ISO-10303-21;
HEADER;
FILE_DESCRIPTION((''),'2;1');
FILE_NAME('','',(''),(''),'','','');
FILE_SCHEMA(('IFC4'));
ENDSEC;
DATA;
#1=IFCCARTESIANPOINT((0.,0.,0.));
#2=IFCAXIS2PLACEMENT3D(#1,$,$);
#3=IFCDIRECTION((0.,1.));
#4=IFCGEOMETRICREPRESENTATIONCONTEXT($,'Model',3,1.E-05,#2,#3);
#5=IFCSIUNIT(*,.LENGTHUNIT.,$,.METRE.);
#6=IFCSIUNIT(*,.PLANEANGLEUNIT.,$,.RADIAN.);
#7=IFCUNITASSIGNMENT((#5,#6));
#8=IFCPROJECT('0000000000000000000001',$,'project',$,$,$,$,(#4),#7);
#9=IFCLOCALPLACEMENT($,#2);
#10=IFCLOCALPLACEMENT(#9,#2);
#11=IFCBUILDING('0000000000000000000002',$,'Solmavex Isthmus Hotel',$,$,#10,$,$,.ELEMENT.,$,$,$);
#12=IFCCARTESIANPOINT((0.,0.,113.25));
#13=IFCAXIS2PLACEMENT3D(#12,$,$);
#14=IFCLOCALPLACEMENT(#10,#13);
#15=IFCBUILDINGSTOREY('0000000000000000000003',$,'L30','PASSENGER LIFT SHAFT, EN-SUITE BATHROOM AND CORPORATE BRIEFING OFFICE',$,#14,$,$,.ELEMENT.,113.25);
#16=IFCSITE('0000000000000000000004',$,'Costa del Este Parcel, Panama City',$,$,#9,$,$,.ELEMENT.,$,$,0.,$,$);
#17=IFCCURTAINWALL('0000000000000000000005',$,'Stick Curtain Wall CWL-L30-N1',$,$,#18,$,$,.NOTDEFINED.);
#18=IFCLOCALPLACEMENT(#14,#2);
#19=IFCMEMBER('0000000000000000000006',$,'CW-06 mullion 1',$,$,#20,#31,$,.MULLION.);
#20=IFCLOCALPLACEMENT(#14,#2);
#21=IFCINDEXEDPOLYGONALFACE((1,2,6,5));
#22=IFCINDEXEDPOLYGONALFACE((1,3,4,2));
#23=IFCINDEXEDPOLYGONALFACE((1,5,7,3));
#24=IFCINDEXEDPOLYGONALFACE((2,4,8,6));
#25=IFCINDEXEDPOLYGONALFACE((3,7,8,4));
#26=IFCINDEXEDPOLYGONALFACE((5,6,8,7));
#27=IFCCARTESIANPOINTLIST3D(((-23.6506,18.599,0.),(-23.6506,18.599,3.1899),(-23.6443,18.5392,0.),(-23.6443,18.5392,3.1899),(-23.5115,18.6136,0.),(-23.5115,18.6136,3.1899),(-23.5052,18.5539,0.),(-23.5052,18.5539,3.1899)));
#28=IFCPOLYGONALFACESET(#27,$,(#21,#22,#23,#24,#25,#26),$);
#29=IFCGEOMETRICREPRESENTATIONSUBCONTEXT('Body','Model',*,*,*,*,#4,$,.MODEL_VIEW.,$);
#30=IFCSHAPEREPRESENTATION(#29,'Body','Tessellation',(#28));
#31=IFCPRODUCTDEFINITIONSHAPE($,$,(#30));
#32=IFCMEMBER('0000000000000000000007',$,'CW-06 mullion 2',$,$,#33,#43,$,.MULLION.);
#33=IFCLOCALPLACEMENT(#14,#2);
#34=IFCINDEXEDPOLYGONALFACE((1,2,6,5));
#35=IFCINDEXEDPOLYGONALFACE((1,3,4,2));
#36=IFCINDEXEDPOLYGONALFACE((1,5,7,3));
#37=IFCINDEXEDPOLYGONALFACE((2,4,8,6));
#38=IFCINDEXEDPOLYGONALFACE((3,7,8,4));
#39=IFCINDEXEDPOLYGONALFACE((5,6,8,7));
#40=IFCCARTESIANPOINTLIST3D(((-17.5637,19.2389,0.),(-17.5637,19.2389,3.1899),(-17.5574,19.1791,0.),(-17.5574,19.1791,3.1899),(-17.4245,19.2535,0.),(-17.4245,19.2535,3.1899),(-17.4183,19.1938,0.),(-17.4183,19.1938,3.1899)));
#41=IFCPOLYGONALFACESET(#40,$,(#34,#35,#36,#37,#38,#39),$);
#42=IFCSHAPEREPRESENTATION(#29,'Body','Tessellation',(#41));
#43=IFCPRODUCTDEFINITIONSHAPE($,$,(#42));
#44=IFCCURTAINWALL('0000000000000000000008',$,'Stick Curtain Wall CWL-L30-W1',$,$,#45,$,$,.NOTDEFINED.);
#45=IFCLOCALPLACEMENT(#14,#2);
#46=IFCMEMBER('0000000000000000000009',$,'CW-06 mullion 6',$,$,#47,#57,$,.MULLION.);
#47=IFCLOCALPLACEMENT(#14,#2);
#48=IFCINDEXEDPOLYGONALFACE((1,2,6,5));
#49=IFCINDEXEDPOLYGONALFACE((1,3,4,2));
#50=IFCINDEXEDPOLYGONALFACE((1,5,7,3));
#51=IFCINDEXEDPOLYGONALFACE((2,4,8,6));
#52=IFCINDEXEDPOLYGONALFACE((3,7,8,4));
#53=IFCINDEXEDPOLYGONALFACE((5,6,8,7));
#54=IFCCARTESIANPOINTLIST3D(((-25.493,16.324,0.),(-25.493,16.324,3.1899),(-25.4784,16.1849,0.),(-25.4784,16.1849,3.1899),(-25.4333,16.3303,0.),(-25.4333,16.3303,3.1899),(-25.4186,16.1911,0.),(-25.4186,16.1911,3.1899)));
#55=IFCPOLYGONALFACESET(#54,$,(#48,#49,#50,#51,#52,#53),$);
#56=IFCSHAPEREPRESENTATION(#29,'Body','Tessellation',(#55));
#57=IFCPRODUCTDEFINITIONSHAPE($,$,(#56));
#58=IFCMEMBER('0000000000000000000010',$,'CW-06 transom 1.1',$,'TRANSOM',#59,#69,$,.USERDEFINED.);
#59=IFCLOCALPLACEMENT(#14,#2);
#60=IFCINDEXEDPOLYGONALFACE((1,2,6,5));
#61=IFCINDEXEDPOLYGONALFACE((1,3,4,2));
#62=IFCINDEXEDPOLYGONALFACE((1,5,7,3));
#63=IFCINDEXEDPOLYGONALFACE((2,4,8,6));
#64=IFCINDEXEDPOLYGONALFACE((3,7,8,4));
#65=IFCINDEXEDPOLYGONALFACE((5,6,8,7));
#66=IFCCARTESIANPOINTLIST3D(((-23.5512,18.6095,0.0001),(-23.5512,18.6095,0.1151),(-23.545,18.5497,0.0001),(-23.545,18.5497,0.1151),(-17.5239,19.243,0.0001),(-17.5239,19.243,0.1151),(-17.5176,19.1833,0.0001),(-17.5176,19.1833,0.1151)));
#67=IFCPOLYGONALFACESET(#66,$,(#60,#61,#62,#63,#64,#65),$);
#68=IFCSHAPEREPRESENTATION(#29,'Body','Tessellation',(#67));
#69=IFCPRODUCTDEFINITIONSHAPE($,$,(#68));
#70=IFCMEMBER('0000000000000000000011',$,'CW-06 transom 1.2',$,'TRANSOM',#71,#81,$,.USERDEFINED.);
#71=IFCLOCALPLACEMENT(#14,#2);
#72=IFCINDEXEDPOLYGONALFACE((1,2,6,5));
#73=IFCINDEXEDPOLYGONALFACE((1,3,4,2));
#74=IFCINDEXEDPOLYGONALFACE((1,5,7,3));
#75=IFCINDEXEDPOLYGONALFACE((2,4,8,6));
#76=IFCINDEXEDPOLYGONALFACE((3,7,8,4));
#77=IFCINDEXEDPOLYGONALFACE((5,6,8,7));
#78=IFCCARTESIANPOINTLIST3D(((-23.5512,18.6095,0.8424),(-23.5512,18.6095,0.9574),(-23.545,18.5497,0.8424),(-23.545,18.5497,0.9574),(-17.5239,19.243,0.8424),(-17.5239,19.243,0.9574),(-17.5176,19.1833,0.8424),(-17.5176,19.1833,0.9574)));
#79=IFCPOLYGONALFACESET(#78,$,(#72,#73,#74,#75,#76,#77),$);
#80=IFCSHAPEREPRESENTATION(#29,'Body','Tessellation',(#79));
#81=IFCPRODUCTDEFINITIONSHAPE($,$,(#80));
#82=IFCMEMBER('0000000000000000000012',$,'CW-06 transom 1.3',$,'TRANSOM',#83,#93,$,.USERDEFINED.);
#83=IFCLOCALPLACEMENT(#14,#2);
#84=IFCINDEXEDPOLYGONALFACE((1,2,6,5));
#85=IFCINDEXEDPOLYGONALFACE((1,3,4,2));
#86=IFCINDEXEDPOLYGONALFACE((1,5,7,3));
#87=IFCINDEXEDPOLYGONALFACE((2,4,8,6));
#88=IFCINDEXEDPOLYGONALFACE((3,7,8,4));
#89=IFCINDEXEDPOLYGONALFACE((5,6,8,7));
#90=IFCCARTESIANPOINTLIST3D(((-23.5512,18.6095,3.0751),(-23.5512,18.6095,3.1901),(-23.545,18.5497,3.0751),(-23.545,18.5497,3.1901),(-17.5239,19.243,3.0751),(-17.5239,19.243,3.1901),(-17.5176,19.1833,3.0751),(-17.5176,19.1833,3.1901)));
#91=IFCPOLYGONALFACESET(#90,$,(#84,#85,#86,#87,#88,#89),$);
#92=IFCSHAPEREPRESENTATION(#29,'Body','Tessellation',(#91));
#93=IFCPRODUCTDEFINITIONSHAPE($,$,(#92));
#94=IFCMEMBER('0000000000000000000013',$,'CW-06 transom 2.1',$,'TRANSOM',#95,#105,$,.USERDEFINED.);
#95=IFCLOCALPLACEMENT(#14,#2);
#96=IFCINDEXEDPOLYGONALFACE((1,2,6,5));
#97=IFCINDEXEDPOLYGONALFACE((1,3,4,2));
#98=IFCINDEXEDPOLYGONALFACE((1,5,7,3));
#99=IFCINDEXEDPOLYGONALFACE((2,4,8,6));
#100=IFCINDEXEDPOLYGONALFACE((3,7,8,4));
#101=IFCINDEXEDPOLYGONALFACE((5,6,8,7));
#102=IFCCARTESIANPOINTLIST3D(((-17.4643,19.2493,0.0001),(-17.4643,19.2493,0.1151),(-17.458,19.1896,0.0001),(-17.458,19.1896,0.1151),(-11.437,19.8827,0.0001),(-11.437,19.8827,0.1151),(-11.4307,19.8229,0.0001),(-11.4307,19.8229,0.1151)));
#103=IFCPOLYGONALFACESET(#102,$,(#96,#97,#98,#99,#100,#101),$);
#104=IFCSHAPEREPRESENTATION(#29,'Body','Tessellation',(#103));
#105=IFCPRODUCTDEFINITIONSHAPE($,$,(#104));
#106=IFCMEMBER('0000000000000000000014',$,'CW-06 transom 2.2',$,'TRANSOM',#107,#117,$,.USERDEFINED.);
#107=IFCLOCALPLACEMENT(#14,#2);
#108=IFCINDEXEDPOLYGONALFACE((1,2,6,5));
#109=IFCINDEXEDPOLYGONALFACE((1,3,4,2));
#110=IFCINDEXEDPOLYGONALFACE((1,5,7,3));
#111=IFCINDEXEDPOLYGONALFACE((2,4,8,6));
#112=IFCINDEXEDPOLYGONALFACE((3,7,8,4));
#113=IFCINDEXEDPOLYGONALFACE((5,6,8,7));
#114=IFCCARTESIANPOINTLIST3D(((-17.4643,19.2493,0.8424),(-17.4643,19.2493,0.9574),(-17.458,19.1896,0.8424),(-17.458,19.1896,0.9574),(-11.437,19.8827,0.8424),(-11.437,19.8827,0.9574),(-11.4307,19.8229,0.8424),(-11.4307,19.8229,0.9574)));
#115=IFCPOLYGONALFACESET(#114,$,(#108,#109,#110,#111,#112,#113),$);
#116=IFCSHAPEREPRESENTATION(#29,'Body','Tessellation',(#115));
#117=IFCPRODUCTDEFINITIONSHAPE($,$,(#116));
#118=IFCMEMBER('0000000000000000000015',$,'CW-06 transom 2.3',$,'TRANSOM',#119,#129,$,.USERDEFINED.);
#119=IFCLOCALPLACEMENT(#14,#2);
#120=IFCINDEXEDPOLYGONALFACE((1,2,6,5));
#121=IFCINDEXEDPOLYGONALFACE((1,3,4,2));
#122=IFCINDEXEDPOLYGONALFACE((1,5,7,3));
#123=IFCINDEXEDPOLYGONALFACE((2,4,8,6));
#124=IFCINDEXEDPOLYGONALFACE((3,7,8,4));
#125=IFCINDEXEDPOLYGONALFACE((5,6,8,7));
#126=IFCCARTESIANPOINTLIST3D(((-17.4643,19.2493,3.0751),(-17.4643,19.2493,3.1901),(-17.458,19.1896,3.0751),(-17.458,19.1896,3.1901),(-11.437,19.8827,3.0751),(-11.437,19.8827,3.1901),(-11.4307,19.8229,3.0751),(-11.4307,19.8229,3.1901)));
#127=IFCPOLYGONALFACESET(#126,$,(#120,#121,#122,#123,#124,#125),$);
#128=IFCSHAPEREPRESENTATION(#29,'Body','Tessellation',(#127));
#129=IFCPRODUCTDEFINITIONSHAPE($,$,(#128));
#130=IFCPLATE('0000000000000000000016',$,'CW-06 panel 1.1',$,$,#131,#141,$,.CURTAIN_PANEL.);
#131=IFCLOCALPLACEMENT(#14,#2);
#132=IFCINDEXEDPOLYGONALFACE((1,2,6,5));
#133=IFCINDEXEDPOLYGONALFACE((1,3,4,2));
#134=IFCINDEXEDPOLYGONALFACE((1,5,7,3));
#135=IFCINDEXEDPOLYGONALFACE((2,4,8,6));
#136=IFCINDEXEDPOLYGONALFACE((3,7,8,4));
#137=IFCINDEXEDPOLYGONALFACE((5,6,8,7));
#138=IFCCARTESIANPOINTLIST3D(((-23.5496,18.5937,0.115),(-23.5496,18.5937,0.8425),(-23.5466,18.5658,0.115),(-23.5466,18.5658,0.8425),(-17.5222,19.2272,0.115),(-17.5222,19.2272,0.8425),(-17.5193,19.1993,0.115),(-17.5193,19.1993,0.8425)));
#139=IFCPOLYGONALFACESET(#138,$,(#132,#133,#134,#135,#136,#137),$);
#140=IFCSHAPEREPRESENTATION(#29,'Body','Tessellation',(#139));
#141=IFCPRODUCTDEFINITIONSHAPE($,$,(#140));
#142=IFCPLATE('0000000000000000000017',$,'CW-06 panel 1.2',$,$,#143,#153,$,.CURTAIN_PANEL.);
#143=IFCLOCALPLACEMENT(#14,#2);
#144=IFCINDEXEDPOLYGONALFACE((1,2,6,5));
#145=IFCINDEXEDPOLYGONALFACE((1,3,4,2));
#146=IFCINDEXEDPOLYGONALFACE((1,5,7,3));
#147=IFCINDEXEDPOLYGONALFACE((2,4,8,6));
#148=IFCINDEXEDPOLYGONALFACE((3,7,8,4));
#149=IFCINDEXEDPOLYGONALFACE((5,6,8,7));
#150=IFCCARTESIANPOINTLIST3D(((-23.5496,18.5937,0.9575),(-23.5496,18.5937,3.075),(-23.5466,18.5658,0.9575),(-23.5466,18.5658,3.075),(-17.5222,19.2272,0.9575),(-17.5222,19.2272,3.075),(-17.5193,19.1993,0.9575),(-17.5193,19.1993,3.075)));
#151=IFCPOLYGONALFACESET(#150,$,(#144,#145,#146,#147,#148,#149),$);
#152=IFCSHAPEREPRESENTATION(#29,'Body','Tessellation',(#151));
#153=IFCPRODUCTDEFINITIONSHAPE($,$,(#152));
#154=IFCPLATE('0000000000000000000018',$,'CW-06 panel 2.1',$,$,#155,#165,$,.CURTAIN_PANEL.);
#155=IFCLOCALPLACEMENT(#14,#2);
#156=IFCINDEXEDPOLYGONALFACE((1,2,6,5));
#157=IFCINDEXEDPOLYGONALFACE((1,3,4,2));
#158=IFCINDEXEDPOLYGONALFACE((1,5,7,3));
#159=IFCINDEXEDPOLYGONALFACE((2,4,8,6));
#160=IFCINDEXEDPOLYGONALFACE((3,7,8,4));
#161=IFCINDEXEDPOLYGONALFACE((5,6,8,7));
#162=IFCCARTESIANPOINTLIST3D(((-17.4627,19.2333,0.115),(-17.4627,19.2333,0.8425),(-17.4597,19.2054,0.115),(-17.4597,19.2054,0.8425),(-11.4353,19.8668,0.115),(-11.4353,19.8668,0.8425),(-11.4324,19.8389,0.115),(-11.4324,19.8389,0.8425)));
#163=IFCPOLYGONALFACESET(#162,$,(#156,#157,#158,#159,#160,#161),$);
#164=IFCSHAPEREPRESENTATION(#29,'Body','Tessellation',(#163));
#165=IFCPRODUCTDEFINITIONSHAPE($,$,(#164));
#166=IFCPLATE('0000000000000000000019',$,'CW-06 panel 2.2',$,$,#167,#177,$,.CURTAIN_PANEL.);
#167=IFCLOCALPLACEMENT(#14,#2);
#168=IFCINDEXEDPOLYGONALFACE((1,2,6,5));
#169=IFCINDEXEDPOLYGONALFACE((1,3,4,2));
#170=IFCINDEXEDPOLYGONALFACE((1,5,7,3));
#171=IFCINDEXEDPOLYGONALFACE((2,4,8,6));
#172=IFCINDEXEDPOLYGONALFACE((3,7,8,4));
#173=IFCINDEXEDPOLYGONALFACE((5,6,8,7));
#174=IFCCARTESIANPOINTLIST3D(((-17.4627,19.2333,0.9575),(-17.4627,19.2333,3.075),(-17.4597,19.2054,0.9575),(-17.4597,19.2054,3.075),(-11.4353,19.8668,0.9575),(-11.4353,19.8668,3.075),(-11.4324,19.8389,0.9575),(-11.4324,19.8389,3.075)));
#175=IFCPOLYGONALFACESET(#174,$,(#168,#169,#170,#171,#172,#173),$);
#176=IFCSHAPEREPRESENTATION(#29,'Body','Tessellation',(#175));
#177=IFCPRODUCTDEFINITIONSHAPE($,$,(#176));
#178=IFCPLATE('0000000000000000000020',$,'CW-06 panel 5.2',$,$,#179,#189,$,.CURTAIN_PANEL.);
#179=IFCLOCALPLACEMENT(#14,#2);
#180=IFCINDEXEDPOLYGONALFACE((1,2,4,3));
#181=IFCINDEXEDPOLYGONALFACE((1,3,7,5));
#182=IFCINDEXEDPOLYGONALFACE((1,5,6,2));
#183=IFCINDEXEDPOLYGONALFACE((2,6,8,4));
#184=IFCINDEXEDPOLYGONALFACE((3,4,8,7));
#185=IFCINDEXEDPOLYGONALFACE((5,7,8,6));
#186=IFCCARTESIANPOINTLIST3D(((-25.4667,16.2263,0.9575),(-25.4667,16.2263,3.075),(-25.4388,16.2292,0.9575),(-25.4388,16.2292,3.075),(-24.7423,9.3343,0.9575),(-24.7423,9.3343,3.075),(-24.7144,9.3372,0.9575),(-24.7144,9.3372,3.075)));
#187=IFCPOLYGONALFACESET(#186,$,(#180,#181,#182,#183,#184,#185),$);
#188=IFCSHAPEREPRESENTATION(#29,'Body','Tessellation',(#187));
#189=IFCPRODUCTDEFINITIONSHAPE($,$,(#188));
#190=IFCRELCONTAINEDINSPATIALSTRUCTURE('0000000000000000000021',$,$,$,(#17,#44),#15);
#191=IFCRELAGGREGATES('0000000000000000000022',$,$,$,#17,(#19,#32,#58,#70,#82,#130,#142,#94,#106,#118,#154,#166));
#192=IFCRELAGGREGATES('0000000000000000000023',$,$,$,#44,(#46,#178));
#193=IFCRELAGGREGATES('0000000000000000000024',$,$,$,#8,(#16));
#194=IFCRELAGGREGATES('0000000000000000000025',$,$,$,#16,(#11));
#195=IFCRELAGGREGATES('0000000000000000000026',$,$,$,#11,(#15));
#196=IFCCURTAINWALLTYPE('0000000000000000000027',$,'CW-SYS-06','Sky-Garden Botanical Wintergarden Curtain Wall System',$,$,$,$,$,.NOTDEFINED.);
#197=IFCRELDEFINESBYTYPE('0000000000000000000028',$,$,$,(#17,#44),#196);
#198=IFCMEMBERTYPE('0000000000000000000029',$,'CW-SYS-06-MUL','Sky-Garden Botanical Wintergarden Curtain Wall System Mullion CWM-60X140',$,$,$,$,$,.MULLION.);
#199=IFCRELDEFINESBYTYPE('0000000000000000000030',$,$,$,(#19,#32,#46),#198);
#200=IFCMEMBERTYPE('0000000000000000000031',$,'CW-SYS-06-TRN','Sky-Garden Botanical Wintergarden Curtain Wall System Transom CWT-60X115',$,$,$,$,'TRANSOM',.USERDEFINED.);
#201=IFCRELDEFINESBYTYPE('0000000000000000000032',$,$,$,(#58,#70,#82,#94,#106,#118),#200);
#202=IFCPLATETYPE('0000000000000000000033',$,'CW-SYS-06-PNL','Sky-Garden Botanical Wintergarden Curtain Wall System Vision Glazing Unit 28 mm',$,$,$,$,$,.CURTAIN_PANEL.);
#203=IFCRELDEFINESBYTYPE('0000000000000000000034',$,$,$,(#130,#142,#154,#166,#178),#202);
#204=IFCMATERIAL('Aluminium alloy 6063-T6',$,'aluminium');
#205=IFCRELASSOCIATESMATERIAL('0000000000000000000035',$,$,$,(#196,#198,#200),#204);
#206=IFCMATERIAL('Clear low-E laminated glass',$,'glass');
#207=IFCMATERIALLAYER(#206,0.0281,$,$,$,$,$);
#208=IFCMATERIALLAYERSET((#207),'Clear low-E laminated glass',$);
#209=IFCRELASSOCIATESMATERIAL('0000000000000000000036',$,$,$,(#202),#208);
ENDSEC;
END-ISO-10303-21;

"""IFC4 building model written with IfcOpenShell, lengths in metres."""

from ifc_helpers import new_model, si_unit, direction, frame, origin, origin_2d, place, context, subcontext, project, spatial, rectangle, extrude, material, layer, layer_set, material_profile, profile_set, type_object, element, aggregate, save


model = new_model("IFC4")

# Units and contexts
model_context = context("Model", 3, precision=1e-05, world=origin(), true_north=direction((0.0, 1.0)))
body_context = subcontext(model_context, "Body", "Model", "MODEL_VIEW")
ifc_project = project(units=[si_unit("LENGTHUNIT", "METRE"), si_unit("PLANEANGLEUNIT", "RADIAN")], contexts=[model_context])

# Site, building, storey
site_placement = place(None, origin())
site = spatial("IfcSite", under=ifc_project, at=site_placement, Name="Costa del Este Parcel, Panama City", CompositionType="ELEMENT", RefElevation=0.0)
building_placement = place(site_placement, origin())
building = spatial("IfcBuilding", under=site, at=building_placement, Name="Solmavex Isthmus Hotel", CompositionType="ELEMENT")
storey_placement = place(building_placement, frame((0.0, 0.0, 113.25)))
storey = spatial("IfcBuildingStorey", under=building, at=storey_placement, Name="L30", Description="PASSENGER LIFT SHAFT, EN-SUITE BATHROOM AND CORPORATE BRIEFING OFFICE", CompositionType="ELEMENT", Elevation=113.25)

# Curtain wall, members
ifc_material_1 = material(Name="Aluminium alloy 6063-T6", Category="aluminium")
curtain_wall_type = type_object("IfcCurtainWallType", Name="CW-SYS-06", Description="Sky-Garden Botanical Wintergarden Curtain Wall System", PredefinedType="NOTDEFINED", material=ifc_material_1)
curtain_wall_1_placement = place(storey_placement, origin())
curtain_wall_1 = element("IfcCurtainWall", 1, at=curtain_wall_1_placement, inside=storey, type_object=curtain_wall_type, Name="Stick Curtain Wall CWL-L30-N1", PredefinedType="NOTDEFINED")
ifc_material_profile_1 = material_profile(ifc_material_1, rectangle(XDim=0.0601, YDim=0.1399, at=origin_2d()), Name="CWM-60X140")
ifc_profile_set_1 = profile_set([ifc_material_profile_1], Name="Aluminium alloy 6063-T6")
member_type_1 = type_object("IfcMemberType", Name="CW-SYS-06-MUL", Description="Sky-Garden Botanical Wintergarden Curtain Wall System Mullion CWM-60X140", PredefinedType="MULLION", material=ifc_profile_set_1)
member_1_placement = place(storey_placement, frame((-23.5779, 18.5764, 0.0), z_axis=(0.0, 0.0, 1.0), x_axis=(-0.104528, 0.994522, 0.0)))
member_1 = element("IfcMember", 2, at=member_1_placement, type_object=member_type_1, Name="CW-06 mullion 1", PredefinedType="MULLION", context=body_context, shape_type="SweptSolid", body=[
    extrude(rectangle(XDim=0.0601, YDim=0.1399, at=origin_2d()), origin(), (0.0, 0.0, 1.0), 3.1899),
])
member_2_placement = place(storey_placement, frame((-17.491, 19.2163, 0.0), z_axis=(0.0, 0.0, 1.0), x_axis=(-0.104528, 0.994522, 0.0)))
member_2 = element("IfcMember", 3, at=member_2_placement, type_object=member_type_1, Name="CW-06 mullion 2", PredefinedType="MULLION", context=body_context, shape_type="SweptSolid", body=[
    extrude(rectangle(XDim=0.0601, YDim=0.1399, at=origin_2d()), origin(), (0.0, 0.0, 1.0), 3.1899),
])

# Curtain wall, member
curtain_wall_2_placement = place(storey_placement, origin())
curtain_wall_2 = element("IfcCurtainWall", 4, at=curtain_wall_2_placement, inside=storey, type_object=curtain_wall_type, Name="Stick Curtain Wall CWL-L30-W1", PredefinedType="NOTDEFINED")
member_3_placement = place(storey_placement, frame((-25.4558, 16.2576, 0.0), z_axis=(0.0, 0.0, 1.0), x_axis=(-0.994522, -0.104528, 0.0)))
member_3 = element("IfcMember", 5, at=member_3_placement, type_object=member_type_1, Name="CW-06 mullion 6", PredefinedType="MULLION", context=body_context, shape_type="SweptSolid", body=[
    extrude(rectangle(XDim=0.0601, YDim=0.1399, at=origin_2d()), origin(), (0.0, 0.0, 1.0), 3.1899),
])

# Members
ifc_material_profile_2 = material_profile(ifc_material_1, rectangle(XDim=0.0601, YDim=0.115, at=origin_2d()), Name="CWT-60X115")
ifc_profile_set_2 = profile_set([ifc_material_profile_2], Name="Aluminium alloy 6063-T6")
member_type_2 = type_object("IfcMemberType", Name="CW-SYS-06-TRN", Description="Sky-Garden Botanical Wintergarden Curtain Wall System Transom CWT-60X115", ElementType="TRANSOM", PredefinedType="USERDEFINED", material=ifc_profile_set_2)
member_4_placement = place(storey_placement, frame((-23.5481, 18.5796, 0.0576), z_axis=(0.994521, 0.104536, 0.0), x_axis=(-0.104536, 0.994521, 0.0)))
member_4 = element("IfcMember", 6, at=member_4_placement, type_object=member_type_2, Name="CW-06 transom 1.1", ObjectType="TRANSOM", PredefinedType="USERDEFINED", context=body_context, shape_type="SweptSolid", body=[
    extrude(rectangle(XDim=0.0601, YDim=0.115, at=origin_2d()), origin(), (0.0, 0.0, 1.0), 6.0605),
])
member_5_placement = place(storey_placement, frame((-23.5481, 18.5796, 0.8999), z_axis=(0.994521, 0.104536, 0.0), x_axis=(-0.104536, 0.994521, 0.0)))
member_5 = element("IfcMember", 7, at=member_5_placement, type_object=member_type_2, Name="CW-06 transom 1.2", ObjectType="TRANSOM", PredefinedType="USERDEFINED", context=body_context, shape_type="SweptSolid", body=[
    extrude(rectangle(XDim=0.0601, YDim=0.115, at=origin_2d()), origin(), (0.0, 0.0, 1.0), 6.0605),
])
member_6_placement = place(storey_placement, frame((-23.5481, 18.5796, 3.1326), z_axis=(0.994521, 0.104536, 0.0), x_axis=(-0.104536, 0.994521, 0.0)))
member_6 = element("IfcMember", 8, at=member_6_placement, type_object=member_type_2, Name="CW-06 transom 1.3", ObjectType="TRANSOM", PredefinedType="USERDEFINED", context=body_context, shape_type="SweptSolid", body=[
    extrude(rectangle(XDim=0.0601, YDim=0.115, at=origin_2d()), origin(), (0.0, 0.0, 1.0), 6.0605),
])
member_7_placement = place(storey_placement, frame((-17.4612, 19.2195, 0.0576), z_axis=(0.994525, 0.104496, 0.0), x_axis=(-0.104496, 0.994525, 0.0)))
member_7 = element("IfcMember", 9, at=member_7_placement, type_object=member_type_2, Name="CW-06 transom 2.1", ObjectType="TRANSOM", PredefinedType="USERDEFINED", context=body_context, shape_type="SweptSolid", body=[
    extrude(rectangle(XDim=0.0601, YDim=0.115, at=origin_2d()), origin(), (0.0, 0.0, 1.0), 6.0605),
])
member_8_placement = place(storey_placement, frame((-17.4612, 19.2195, 0.8999), z_axis=(0.994525, 0.104496, 0.0), x_axis=(-0.104496, 0.994525, 0.0)))
member_8 = element("IfcMember", 10, at=member_8_placement, type_object=member_type_2, Name="CW-06 transom 2.2", ObjectType="TRANSOM", PredefinedType="USERDEFINED", context=body_context, shape_type="SweptSolid", body=[
    extrude(rectangle(XDim=0.0601, YDim=0.115, at=origin_2d()), origin(), (0.0, 0.0, 1.0), 6.0605),
])
member_9_placement = place(storey_placement, frame((-17.4612, 19.2195, 3.1326), z_axis=(0.994525, 0.104496, 0.0), x_axis=(-0.104496, 0.994525, 0.0)))
member_9 = element("IfcMember", 11, at=member_9_placement, type_object=member_type_2, Name="CW-06 transom 2.3", ObjectType="TRANSOM", PredefinedType="USERDEFINED", context=body_context, shape_type="SweptSolid", body=[
    extrude(rectangle(XDim=0.0601, YDim=0.115, at=origin_2d()), origin(), (0.0, 0.0, 1.0), 6.0605),
])

# Plates
ifc_material_2 = material(Name="Clear low-E laminated glass", Category="glass")
ifc_layer_1 = layer(ifc_material_2, 0.0281)
ifc_layer_set_1 = layer_set([ifc_layer_1], Name="Clear low-E laminated glass")
plate_type = type_object("IfcPlateType", Name="CW-SYS-06-PNL", Description="Sky-Garden Botanical Wintergarden Curtain Wall System Vision Glazing Unit 28 mm", PredefinedType="CURTAIN_PANEL", material=ifc_layer_set_1)
plate_1_placement = place(storey_placement, frame((-20.5344, 18.8965, 0.115), z_axis=(0.0, 0.0, 1.0), x_axis=(0.994522, 0.104528, 0.0)))
plate_1 = element("IfcPlate", 12, at=plate_1_placement, type_object=plate_type, Name="CW-06 panel 1.1", PredefinedType="CURTAIN_PANEL", context=body_context, shape_type="SweptSolid", body=[
    extrude(rectangle(XDim=6.0605, YDim=0.0281, at=origin_2d()), origin(), (0.0, 0.0, 1.0), 0.7275),
])
plate_2_placement = place(storey_placement, frame((-20.5344, 18.8965, 0.9575), z_axis=(0.0, 0.0, 1.0), x_axis=(0.994522, 0.104528, 0.0)))
plate_2 = element("IfcPlate", 13, at=plate_2_placement, type_object=plate_type, Name="CW-06 panel 1.2", PredefinedType="CURTAIN_PANEL", context=body_context, shape_type="SweptSolid", body=[
    extrude(rectangle(XDim=6.0605, YDim=0.0281, at=origin_2d()), origin(), (0.0, 0.0, 1.0), 2.1174),
])
plate_3_placement = place(storey_placement, frame((-14.4475, 19.5361, 0.115), z_axis=(0.0, 0.0, 1.0), x_axis=(0.994522, 0.104528, 0.0)))
plate_3 = element("IfcPlate", 14, at=plate_3_placement, type_object=plate_type, Name="CW-06 panel 2.1", PredefinedType="CURTAIN_PANEL", context=body_context, shape_type="SweptSolid", body=[
    extrude(rectangle(XDim=6.0605, YDim=0.0281, at=origin_2d()), origin(), (0.0, 0.0, 1.0), 0.7275),
])
plate_4_placement = place(storey_placement, frame((-14.4475, 19.5361, 0.9575), z_axis=(0.0, 0.0, 1.0), x_axis=(0.994522, 0.104528, 0.0)))
plate_4 = element("IfcPlate", 15, at=plate_4_placement, type_object=plate_type, Name="CW-06 panel 2.2", PredefinedType="CURTAIN_PANEL", context=body_context, shape_type="SweptSolid", body=[
    extrude(rectangle(XDim=6.0605, YDim=0.0281, at=origin_2d()), origin(), (0.0, 0.0, 1.0), 2.1174),
])
aggregate(curtain_wall_1, [member_1, member_2, member_4, member_5, member_6, plate_1, plate_2, member_7, member_8, member_9, plate_3, plate_4])
plate_5_placement = place(storey_placement, frame((-25.0906, 12.7817, 0.9575), z_axis=(0.0, 0.0, 1.0), x_axis=(-0.104528, 0.994522, 0.0)))
plate_5 = element("IfcPlate", 16, at=plate_5_placement, type_object=plate_type, Name="CW-06 panel 5.2", PredefinedType="CURTAIN_PANEL", context=body_context, shape_type="SweptSolid", body=[
    extrude(rectangle(XDim=6.9299, YDim=0.0281, at=origin_2d()), origin(), (0.0, 0.0, 1.0), 2.1174),
])
aggregate(curtain_wall_2, [member_3, plate_5])

save(model, "model.ifc")
